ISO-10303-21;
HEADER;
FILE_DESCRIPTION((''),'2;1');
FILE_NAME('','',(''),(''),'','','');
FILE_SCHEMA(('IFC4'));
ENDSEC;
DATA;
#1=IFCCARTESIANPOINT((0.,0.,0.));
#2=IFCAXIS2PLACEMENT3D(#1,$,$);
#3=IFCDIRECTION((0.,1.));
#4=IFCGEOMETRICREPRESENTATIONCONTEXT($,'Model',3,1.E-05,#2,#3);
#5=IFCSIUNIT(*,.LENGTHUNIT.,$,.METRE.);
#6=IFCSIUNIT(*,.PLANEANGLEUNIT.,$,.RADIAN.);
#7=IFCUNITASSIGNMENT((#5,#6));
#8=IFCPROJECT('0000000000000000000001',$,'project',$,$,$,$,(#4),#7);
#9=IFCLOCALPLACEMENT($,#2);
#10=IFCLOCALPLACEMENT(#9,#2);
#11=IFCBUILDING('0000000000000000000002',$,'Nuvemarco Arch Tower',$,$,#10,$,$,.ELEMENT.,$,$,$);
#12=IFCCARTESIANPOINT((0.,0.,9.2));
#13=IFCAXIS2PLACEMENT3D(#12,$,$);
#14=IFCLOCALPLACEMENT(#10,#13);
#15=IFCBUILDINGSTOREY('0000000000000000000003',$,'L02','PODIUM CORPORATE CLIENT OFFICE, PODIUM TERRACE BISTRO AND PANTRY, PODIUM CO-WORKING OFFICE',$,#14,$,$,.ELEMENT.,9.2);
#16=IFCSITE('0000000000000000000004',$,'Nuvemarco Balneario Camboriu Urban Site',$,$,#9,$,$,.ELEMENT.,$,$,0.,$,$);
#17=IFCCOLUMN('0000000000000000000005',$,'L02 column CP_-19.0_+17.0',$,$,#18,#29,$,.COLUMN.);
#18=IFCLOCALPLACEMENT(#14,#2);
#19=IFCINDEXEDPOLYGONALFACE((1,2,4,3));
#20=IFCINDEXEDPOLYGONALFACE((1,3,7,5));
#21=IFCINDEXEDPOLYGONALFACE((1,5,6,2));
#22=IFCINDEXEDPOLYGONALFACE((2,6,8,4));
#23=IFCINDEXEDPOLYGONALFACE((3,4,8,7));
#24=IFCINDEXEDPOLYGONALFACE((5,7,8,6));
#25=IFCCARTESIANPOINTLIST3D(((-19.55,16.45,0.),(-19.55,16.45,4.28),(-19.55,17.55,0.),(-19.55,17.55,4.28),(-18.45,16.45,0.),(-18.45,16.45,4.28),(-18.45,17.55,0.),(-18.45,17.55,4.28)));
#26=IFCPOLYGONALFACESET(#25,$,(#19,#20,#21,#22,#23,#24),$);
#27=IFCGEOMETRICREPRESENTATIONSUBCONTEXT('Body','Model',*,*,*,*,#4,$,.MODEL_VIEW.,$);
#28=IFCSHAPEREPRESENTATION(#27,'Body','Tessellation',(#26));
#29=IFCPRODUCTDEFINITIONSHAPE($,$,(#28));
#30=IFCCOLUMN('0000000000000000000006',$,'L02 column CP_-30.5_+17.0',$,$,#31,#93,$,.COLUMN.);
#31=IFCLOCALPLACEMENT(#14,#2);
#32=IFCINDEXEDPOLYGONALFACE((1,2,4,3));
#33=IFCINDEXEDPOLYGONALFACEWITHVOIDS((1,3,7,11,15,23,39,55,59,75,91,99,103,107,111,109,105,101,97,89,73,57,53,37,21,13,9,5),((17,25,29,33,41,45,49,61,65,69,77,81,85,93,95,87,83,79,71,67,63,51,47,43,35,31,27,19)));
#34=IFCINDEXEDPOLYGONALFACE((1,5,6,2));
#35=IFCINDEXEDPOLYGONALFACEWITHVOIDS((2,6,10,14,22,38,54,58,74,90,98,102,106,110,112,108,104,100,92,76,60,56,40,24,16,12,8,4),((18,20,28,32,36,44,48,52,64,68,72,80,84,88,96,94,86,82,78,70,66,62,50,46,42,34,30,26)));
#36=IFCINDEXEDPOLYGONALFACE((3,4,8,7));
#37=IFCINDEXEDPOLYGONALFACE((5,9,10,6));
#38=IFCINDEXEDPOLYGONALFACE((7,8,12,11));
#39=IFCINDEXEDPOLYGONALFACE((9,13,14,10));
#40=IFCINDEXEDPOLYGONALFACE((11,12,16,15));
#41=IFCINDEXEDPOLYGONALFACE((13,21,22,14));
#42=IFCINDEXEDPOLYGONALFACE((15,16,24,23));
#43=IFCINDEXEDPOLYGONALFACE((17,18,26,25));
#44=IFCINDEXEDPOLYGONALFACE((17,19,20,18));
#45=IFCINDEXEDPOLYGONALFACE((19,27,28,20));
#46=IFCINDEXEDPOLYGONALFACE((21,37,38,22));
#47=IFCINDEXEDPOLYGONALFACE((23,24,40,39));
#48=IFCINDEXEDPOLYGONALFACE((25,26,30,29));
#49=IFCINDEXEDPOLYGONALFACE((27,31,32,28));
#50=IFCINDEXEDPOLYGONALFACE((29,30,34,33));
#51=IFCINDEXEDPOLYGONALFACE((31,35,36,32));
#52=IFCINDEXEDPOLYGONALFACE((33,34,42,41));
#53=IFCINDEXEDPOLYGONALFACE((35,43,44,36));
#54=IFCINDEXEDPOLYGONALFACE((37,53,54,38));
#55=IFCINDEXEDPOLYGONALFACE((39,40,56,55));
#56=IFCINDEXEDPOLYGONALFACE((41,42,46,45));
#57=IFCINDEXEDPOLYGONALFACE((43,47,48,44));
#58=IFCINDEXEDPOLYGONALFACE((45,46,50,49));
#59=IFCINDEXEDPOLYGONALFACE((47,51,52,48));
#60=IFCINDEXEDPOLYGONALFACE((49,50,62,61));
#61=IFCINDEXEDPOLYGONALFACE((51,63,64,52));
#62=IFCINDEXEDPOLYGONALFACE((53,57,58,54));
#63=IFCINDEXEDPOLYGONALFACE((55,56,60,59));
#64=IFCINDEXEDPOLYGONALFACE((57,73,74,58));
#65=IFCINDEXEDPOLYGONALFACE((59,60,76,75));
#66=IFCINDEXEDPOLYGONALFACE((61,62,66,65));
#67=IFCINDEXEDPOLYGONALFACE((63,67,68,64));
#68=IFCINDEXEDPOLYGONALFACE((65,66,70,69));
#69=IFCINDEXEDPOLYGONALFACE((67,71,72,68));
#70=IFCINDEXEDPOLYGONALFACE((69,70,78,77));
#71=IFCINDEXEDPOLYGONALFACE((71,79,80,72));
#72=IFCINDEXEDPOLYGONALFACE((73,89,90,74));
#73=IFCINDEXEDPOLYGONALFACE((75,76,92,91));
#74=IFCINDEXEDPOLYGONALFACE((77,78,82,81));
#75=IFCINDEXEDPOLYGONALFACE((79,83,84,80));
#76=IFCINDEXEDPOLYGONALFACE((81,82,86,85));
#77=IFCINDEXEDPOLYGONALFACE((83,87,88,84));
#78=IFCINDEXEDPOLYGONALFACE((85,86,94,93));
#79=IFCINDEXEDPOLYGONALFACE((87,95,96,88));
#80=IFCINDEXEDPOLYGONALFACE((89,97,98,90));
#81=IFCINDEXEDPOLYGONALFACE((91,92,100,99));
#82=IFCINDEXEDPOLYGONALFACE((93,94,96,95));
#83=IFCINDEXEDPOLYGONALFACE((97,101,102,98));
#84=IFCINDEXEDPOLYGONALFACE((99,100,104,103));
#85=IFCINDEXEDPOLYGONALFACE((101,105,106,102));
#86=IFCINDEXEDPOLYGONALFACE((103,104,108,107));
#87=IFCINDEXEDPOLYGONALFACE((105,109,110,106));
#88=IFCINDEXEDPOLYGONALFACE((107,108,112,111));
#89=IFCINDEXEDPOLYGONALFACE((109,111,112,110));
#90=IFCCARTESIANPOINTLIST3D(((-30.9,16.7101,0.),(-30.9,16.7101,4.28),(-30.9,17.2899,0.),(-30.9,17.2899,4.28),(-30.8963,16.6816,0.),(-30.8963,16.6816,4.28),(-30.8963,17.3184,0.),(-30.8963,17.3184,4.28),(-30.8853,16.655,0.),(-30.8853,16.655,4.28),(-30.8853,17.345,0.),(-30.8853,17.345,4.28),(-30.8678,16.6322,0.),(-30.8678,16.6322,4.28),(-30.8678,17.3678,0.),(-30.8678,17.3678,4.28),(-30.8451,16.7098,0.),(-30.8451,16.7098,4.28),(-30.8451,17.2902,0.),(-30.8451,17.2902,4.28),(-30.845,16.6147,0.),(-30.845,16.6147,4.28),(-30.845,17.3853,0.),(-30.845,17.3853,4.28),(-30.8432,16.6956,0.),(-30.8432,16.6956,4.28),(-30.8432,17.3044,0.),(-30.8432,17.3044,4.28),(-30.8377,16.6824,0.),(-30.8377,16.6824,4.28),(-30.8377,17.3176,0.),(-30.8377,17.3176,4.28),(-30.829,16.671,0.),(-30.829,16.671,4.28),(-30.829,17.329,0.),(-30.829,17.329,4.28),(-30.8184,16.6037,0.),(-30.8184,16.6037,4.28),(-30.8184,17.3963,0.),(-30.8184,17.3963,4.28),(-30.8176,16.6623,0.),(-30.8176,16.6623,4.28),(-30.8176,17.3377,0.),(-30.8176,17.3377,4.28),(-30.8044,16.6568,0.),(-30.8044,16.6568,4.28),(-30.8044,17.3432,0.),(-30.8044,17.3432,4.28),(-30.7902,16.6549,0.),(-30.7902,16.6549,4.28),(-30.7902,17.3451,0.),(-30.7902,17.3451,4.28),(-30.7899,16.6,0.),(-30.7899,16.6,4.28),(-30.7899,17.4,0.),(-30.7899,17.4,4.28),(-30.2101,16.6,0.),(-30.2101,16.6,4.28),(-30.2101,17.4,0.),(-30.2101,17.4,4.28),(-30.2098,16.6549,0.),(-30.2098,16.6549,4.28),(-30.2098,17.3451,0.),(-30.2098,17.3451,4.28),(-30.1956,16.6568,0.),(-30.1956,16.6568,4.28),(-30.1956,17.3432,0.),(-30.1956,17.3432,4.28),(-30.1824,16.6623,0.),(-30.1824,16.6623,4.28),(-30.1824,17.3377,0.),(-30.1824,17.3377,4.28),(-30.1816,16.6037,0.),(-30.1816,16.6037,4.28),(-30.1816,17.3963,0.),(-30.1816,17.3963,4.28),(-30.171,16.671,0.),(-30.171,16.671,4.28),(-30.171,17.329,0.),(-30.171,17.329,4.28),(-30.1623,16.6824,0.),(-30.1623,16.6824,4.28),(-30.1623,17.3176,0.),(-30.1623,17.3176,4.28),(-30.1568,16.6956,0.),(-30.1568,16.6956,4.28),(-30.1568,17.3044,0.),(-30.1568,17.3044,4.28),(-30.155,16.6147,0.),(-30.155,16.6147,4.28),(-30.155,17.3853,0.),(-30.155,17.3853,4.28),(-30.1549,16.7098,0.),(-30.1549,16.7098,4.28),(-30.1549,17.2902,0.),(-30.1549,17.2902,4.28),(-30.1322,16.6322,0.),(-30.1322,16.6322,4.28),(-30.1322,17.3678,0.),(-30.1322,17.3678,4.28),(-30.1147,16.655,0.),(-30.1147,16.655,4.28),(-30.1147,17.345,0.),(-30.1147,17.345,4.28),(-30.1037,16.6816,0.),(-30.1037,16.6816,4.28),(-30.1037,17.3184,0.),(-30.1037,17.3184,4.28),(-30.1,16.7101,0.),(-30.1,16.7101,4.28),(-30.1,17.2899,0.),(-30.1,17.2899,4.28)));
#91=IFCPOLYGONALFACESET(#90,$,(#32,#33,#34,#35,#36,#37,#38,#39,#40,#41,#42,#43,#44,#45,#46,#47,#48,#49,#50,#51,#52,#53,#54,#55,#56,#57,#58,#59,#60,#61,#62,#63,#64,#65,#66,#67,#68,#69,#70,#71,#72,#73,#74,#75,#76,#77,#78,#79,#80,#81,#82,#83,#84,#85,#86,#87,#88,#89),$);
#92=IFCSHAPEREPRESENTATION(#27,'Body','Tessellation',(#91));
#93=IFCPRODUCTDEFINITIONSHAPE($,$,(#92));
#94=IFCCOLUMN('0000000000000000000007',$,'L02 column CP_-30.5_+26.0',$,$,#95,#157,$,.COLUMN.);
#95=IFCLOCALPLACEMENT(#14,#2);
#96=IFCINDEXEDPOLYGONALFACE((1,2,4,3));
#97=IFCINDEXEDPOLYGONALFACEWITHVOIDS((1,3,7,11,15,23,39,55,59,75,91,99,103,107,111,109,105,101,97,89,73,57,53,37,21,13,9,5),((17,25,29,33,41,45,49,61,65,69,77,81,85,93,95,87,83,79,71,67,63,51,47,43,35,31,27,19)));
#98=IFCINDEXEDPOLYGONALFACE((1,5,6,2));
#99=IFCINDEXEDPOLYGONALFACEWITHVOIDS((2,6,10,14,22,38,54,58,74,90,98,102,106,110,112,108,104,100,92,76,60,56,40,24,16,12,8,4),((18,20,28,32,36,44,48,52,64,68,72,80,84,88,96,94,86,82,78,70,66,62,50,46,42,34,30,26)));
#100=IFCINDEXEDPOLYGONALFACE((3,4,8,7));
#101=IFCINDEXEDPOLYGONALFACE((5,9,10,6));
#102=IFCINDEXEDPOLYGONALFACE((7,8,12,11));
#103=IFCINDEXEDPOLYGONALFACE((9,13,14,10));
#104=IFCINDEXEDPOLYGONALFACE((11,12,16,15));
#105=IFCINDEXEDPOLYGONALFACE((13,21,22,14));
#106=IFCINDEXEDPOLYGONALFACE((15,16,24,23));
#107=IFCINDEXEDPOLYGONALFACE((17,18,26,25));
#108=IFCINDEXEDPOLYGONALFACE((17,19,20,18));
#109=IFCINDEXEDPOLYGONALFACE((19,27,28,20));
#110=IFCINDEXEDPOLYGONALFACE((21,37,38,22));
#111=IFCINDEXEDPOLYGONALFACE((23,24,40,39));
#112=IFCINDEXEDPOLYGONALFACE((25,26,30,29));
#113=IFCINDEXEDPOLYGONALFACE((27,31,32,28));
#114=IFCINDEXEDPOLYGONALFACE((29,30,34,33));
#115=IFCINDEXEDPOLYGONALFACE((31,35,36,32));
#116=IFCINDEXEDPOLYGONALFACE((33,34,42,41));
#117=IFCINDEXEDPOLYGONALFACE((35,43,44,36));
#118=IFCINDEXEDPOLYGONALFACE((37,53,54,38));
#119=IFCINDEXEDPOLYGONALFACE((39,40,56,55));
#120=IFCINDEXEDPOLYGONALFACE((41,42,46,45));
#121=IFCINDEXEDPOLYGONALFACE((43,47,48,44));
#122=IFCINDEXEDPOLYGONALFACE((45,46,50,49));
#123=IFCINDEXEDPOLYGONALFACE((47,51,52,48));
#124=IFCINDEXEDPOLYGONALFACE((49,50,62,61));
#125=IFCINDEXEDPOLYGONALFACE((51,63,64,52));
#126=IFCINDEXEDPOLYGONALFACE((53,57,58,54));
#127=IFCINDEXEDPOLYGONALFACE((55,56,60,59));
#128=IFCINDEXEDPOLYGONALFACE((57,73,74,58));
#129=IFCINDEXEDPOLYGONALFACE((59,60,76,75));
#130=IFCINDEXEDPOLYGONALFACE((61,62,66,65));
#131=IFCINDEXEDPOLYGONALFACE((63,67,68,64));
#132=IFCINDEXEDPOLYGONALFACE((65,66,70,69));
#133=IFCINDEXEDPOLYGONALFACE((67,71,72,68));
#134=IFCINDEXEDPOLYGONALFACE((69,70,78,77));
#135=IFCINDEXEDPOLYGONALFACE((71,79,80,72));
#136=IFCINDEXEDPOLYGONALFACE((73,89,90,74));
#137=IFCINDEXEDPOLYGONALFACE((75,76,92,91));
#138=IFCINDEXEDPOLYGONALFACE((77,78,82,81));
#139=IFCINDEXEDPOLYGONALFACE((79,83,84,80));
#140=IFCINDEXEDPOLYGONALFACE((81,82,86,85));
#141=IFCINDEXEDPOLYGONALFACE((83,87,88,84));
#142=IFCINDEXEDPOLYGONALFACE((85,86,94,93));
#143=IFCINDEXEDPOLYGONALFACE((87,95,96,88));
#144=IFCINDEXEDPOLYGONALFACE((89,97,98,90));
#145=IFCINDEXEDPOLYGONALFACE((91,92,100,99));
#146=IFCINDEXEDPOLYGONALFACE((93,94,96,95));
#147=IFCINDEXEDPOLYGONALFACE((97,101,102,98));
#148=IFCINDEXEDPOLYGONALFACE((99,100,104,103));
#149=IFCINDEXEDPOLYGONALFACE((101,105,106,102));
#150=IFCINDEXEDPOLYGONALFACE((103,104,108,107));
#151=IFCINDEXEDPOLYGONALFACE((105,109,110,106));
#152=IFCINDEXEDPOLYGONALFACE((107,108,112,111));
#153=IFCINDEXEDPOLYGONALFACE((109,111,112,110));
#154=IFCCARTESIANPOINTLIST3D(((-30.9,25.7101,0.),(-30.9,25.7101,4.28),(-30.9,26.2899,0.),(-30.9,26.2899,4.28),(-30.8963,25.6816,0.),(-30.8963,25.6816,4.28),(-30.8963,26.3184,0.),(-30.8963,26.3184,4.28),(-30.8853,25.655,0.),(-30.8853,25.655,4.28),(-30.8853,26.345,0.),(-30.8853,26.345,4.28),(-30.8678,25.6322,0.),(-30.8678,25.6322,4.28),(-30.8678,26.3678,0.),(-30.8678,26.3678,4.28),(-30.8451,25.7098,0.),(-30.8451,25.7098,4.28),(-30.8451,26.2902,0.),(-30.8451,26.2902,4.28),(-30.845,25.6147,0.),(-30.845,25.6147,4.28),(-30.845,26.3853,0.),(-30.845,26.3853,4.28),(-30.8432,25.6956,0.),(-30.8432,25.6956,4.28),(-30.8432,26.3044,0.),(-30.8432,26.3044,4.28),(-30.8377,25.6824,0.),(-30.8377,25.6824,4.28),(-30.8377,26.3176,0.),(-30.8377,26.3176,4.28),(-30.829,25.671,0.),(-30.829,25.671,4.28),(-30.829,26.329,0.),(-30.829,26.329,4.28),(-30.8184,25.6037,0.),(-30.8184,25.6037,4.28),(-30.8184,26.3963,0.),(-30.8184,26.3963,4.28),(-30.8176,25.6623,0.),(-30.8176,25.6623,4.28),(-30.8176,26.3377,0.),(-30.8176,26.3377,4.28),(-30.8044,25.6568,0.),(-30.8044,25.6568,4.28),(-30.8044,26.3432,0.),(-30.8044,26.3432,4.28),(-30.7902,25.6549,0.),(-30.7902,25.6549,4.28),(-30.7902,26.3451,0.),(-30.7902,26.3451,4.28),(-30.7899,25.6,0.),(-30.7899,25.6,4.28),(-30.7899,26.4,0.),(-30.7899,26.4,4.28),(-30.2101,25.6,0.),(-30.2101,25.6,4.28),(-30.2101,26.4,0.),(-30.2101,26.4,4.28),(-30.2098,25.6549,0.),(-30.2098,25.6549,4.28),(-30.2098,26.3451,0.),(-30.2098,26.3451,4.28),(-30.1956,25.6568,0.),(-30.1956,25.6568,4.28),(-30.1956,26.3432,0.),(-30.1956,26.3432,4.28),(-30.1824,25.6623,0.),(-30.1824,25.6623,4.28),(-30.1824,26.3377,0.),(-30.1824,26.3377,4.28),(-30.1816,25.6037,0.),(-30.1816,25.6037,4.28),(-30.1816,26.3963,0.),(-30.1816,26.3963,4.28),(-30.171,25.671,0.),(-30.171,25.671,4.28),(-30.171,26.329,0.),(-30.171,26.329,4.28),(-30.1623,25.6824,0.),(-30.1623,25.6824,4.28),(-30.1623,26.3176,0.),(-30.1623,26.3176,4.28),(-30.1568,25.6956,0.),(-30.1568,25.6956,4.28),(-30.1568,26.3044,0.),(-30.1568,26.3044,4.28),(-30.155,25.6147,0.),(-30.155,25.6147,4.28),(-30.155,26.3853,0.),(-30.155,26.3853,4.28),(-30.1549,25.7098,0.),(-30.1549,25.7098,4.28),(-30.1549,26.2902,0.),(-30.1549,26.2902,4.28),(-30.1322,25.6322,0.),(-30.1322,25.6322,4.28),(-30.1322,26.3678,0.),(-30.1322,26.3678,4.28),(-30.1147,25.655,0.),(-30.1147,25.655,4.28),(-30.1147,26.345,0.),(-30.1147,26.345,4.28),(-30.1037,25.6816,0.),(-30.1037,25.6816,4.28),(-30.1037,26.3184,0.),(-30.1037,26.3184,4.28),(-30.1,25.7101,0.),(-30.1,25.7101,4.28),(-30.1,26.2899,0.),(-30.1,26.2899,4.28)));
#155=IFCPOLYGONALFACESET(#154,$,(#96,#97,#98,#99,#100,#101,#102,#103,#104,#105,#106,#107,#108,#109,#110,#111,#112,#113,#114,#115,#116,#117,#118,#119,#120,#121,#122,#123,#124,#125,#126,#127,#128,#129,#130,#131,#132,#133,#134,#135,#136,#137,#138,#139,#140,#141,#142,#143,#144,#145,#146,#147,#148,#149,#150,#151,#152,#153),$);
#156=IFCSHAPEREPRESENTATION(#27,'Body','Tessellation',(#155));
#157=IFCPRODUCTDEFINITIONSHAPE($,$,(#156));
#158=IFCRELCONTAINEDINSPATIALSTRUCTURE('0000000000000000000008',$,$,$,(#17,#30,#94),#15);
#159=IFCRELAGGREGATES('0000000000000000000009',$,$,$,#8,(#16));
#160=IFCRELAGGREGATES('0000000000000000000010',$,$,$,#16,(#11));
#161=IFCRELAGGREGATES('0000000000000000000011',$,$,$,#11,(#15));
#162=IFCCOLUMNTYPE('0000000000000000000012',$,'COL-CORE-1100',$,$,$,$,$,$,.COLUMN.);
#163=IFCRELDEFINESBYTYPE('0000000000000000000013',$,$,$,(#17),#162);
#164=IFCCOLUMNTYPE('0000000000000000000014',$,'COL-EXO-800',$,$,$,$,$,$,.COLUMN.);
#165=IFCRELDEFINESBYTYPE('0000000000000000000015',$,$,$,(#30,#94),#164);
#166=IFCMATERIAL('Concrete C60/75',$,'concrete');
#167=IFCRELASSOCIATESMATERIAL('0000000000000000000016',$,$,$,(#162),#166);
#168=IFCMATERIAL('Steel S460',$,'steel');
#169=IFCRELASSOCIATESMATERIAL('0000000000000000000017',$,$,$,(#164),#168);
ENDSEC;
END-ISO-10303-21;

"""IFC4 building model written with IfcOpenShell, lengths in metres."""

from ifc_helpers import new_model, si_unit, direction, frame, origin, origin_2d, place, context, subcontext, project, spatial, rectangle, hollow_rectangle, extrude, material, material_profile, profile_set, type_object, element, save


model = new_model("IFC4")

# Units and contexts
model_context = context("Model", 3, precision=1e-05, world=origin(), true_north=direction((0.0, 1.0)))
body_context = subcontext(model_context, "Body", "Model", "MODEL_VIEW")
ifc_project = project(units=[si_unit("LENGTHUNIT", "METRE"), si_unit("PLANEANGLEUNIT", "RADIAN")], contexts=[model_context])

# Site, building, storey
site_placement = place(None, origin())
site = spatial("IfcSite", under=ifc_project, at=site_placement, Name="Nuvemarco Balneario Camboriu Urban Site", CompositionType="ELEMENT", RefElevation=0.0)
building_placement = place(site_placement, origin())
building = spatial("IfcBuilding", under=site, at=building_placement, Name="Nuvemarco Arch Tower", CompositionType="ELEMENT")
storey_placement = place(building_placement, frame((0.0, 0.0, 9.2)))
storey = spatial("IfcBuildingStorey", under=building, at=storey_placement, Name="L02", Description="PODIUM CORPORATE CLIENT OFFICE, PODIUM TERRACE BISTRO AND PANTRY, PODIUM CO-WORKING OFFICE", CompositionType="ELEMENT", Elevation=9.2)

# Columns
ifc_material_1 = material(Name="Concrete C60/75", Category="concrete")
ifc_material_profile_1 = material_profile(ifc_material_1, rectangle(XDim=1.1001, YDim=1.1001, at=origin_2d()), Name="RC-COL-1100x1100")
ifc_profile_set_1 = profile_set([ifc_material_profile_1], Name="Concrete C60/75")
column_type_1 = type_object("IfcColumnType", Name="COL-CORE-1100", PredefinedType="COLUMN", material=ifc_profile_set_1)
column_placement = place(storey_placement, frame((-19.0, 17.0, 0.0), z_axis=(0.0, 0.0, 1.0), x_axis=(1.0, 0.0, 0.0)))
element("IfcColumn", 1, at=column_placement, inside=storey, type_object=column_type_1, Name="L02 column CP_-19.0_+17.0", PredefinedType="COLUMN", context=body_context, shape_type="SweptSolid", body=[
    extrude(rectangle(XDim=1.1001, YDim=1.1001, at=origin_2d()), origin(), (0.0, 0.0, 1.0), 4.28),
])
ifc_material_2 = material(Name="Steel S460", Category="steel")
ifc_material_profile_2 = material_profile(ifc_material_2, hollow_rectangle(XDim=0.8, YDim=0.8, WallThickness=0.0549, InnerFilletRadius=0.0549, OuterFilletRadius=0.1101, at=origin_2d()), Name="SHS800x800x55")
ifc_profile_set_2 = profile_set([ifc_material_profile_2], Name="Steel S460")
column_type_2 = type_object("IfcColumnType", Name="COL-EXO-800", PredefinedType="COLUMN", material=ifc_profile_set_2)
for number, where, z_axis, x_axis, name in (
    (2, (-30.5, 17.0, 0.0), (0.0, 0.0, 1.0), (1.0, 0.0, 0.0), "L02 column CP_-30.5_+17.0"),
    (3, (-30.5, 26.0, 0.0), (0.0, 0.0, 1.0), (1.0, 0.0, 0.0), "L02 column CP_-30.5_+26.0"),
):
    element("IfcColumn", number, at=place(storey_placement, frame(where, z_axis=z_axis, x_axis=x_axis)), inside=storey, type_object=column_type_2, Name=name, PredefinedType="COLUMN", context=body_context, shape_type="SweptSolid", body=[
        extrude(hollow_rectangle(XDim=0.8, YDim=0.8, WallThickness=0.0549, InnerFilletRadius=0.0549, OuterFilletRadius=0.1101, at=origin_2d()), origin(), (0.0, 0.0, 1.0), 4.28),
    ])

save(model, "model.ifc")
